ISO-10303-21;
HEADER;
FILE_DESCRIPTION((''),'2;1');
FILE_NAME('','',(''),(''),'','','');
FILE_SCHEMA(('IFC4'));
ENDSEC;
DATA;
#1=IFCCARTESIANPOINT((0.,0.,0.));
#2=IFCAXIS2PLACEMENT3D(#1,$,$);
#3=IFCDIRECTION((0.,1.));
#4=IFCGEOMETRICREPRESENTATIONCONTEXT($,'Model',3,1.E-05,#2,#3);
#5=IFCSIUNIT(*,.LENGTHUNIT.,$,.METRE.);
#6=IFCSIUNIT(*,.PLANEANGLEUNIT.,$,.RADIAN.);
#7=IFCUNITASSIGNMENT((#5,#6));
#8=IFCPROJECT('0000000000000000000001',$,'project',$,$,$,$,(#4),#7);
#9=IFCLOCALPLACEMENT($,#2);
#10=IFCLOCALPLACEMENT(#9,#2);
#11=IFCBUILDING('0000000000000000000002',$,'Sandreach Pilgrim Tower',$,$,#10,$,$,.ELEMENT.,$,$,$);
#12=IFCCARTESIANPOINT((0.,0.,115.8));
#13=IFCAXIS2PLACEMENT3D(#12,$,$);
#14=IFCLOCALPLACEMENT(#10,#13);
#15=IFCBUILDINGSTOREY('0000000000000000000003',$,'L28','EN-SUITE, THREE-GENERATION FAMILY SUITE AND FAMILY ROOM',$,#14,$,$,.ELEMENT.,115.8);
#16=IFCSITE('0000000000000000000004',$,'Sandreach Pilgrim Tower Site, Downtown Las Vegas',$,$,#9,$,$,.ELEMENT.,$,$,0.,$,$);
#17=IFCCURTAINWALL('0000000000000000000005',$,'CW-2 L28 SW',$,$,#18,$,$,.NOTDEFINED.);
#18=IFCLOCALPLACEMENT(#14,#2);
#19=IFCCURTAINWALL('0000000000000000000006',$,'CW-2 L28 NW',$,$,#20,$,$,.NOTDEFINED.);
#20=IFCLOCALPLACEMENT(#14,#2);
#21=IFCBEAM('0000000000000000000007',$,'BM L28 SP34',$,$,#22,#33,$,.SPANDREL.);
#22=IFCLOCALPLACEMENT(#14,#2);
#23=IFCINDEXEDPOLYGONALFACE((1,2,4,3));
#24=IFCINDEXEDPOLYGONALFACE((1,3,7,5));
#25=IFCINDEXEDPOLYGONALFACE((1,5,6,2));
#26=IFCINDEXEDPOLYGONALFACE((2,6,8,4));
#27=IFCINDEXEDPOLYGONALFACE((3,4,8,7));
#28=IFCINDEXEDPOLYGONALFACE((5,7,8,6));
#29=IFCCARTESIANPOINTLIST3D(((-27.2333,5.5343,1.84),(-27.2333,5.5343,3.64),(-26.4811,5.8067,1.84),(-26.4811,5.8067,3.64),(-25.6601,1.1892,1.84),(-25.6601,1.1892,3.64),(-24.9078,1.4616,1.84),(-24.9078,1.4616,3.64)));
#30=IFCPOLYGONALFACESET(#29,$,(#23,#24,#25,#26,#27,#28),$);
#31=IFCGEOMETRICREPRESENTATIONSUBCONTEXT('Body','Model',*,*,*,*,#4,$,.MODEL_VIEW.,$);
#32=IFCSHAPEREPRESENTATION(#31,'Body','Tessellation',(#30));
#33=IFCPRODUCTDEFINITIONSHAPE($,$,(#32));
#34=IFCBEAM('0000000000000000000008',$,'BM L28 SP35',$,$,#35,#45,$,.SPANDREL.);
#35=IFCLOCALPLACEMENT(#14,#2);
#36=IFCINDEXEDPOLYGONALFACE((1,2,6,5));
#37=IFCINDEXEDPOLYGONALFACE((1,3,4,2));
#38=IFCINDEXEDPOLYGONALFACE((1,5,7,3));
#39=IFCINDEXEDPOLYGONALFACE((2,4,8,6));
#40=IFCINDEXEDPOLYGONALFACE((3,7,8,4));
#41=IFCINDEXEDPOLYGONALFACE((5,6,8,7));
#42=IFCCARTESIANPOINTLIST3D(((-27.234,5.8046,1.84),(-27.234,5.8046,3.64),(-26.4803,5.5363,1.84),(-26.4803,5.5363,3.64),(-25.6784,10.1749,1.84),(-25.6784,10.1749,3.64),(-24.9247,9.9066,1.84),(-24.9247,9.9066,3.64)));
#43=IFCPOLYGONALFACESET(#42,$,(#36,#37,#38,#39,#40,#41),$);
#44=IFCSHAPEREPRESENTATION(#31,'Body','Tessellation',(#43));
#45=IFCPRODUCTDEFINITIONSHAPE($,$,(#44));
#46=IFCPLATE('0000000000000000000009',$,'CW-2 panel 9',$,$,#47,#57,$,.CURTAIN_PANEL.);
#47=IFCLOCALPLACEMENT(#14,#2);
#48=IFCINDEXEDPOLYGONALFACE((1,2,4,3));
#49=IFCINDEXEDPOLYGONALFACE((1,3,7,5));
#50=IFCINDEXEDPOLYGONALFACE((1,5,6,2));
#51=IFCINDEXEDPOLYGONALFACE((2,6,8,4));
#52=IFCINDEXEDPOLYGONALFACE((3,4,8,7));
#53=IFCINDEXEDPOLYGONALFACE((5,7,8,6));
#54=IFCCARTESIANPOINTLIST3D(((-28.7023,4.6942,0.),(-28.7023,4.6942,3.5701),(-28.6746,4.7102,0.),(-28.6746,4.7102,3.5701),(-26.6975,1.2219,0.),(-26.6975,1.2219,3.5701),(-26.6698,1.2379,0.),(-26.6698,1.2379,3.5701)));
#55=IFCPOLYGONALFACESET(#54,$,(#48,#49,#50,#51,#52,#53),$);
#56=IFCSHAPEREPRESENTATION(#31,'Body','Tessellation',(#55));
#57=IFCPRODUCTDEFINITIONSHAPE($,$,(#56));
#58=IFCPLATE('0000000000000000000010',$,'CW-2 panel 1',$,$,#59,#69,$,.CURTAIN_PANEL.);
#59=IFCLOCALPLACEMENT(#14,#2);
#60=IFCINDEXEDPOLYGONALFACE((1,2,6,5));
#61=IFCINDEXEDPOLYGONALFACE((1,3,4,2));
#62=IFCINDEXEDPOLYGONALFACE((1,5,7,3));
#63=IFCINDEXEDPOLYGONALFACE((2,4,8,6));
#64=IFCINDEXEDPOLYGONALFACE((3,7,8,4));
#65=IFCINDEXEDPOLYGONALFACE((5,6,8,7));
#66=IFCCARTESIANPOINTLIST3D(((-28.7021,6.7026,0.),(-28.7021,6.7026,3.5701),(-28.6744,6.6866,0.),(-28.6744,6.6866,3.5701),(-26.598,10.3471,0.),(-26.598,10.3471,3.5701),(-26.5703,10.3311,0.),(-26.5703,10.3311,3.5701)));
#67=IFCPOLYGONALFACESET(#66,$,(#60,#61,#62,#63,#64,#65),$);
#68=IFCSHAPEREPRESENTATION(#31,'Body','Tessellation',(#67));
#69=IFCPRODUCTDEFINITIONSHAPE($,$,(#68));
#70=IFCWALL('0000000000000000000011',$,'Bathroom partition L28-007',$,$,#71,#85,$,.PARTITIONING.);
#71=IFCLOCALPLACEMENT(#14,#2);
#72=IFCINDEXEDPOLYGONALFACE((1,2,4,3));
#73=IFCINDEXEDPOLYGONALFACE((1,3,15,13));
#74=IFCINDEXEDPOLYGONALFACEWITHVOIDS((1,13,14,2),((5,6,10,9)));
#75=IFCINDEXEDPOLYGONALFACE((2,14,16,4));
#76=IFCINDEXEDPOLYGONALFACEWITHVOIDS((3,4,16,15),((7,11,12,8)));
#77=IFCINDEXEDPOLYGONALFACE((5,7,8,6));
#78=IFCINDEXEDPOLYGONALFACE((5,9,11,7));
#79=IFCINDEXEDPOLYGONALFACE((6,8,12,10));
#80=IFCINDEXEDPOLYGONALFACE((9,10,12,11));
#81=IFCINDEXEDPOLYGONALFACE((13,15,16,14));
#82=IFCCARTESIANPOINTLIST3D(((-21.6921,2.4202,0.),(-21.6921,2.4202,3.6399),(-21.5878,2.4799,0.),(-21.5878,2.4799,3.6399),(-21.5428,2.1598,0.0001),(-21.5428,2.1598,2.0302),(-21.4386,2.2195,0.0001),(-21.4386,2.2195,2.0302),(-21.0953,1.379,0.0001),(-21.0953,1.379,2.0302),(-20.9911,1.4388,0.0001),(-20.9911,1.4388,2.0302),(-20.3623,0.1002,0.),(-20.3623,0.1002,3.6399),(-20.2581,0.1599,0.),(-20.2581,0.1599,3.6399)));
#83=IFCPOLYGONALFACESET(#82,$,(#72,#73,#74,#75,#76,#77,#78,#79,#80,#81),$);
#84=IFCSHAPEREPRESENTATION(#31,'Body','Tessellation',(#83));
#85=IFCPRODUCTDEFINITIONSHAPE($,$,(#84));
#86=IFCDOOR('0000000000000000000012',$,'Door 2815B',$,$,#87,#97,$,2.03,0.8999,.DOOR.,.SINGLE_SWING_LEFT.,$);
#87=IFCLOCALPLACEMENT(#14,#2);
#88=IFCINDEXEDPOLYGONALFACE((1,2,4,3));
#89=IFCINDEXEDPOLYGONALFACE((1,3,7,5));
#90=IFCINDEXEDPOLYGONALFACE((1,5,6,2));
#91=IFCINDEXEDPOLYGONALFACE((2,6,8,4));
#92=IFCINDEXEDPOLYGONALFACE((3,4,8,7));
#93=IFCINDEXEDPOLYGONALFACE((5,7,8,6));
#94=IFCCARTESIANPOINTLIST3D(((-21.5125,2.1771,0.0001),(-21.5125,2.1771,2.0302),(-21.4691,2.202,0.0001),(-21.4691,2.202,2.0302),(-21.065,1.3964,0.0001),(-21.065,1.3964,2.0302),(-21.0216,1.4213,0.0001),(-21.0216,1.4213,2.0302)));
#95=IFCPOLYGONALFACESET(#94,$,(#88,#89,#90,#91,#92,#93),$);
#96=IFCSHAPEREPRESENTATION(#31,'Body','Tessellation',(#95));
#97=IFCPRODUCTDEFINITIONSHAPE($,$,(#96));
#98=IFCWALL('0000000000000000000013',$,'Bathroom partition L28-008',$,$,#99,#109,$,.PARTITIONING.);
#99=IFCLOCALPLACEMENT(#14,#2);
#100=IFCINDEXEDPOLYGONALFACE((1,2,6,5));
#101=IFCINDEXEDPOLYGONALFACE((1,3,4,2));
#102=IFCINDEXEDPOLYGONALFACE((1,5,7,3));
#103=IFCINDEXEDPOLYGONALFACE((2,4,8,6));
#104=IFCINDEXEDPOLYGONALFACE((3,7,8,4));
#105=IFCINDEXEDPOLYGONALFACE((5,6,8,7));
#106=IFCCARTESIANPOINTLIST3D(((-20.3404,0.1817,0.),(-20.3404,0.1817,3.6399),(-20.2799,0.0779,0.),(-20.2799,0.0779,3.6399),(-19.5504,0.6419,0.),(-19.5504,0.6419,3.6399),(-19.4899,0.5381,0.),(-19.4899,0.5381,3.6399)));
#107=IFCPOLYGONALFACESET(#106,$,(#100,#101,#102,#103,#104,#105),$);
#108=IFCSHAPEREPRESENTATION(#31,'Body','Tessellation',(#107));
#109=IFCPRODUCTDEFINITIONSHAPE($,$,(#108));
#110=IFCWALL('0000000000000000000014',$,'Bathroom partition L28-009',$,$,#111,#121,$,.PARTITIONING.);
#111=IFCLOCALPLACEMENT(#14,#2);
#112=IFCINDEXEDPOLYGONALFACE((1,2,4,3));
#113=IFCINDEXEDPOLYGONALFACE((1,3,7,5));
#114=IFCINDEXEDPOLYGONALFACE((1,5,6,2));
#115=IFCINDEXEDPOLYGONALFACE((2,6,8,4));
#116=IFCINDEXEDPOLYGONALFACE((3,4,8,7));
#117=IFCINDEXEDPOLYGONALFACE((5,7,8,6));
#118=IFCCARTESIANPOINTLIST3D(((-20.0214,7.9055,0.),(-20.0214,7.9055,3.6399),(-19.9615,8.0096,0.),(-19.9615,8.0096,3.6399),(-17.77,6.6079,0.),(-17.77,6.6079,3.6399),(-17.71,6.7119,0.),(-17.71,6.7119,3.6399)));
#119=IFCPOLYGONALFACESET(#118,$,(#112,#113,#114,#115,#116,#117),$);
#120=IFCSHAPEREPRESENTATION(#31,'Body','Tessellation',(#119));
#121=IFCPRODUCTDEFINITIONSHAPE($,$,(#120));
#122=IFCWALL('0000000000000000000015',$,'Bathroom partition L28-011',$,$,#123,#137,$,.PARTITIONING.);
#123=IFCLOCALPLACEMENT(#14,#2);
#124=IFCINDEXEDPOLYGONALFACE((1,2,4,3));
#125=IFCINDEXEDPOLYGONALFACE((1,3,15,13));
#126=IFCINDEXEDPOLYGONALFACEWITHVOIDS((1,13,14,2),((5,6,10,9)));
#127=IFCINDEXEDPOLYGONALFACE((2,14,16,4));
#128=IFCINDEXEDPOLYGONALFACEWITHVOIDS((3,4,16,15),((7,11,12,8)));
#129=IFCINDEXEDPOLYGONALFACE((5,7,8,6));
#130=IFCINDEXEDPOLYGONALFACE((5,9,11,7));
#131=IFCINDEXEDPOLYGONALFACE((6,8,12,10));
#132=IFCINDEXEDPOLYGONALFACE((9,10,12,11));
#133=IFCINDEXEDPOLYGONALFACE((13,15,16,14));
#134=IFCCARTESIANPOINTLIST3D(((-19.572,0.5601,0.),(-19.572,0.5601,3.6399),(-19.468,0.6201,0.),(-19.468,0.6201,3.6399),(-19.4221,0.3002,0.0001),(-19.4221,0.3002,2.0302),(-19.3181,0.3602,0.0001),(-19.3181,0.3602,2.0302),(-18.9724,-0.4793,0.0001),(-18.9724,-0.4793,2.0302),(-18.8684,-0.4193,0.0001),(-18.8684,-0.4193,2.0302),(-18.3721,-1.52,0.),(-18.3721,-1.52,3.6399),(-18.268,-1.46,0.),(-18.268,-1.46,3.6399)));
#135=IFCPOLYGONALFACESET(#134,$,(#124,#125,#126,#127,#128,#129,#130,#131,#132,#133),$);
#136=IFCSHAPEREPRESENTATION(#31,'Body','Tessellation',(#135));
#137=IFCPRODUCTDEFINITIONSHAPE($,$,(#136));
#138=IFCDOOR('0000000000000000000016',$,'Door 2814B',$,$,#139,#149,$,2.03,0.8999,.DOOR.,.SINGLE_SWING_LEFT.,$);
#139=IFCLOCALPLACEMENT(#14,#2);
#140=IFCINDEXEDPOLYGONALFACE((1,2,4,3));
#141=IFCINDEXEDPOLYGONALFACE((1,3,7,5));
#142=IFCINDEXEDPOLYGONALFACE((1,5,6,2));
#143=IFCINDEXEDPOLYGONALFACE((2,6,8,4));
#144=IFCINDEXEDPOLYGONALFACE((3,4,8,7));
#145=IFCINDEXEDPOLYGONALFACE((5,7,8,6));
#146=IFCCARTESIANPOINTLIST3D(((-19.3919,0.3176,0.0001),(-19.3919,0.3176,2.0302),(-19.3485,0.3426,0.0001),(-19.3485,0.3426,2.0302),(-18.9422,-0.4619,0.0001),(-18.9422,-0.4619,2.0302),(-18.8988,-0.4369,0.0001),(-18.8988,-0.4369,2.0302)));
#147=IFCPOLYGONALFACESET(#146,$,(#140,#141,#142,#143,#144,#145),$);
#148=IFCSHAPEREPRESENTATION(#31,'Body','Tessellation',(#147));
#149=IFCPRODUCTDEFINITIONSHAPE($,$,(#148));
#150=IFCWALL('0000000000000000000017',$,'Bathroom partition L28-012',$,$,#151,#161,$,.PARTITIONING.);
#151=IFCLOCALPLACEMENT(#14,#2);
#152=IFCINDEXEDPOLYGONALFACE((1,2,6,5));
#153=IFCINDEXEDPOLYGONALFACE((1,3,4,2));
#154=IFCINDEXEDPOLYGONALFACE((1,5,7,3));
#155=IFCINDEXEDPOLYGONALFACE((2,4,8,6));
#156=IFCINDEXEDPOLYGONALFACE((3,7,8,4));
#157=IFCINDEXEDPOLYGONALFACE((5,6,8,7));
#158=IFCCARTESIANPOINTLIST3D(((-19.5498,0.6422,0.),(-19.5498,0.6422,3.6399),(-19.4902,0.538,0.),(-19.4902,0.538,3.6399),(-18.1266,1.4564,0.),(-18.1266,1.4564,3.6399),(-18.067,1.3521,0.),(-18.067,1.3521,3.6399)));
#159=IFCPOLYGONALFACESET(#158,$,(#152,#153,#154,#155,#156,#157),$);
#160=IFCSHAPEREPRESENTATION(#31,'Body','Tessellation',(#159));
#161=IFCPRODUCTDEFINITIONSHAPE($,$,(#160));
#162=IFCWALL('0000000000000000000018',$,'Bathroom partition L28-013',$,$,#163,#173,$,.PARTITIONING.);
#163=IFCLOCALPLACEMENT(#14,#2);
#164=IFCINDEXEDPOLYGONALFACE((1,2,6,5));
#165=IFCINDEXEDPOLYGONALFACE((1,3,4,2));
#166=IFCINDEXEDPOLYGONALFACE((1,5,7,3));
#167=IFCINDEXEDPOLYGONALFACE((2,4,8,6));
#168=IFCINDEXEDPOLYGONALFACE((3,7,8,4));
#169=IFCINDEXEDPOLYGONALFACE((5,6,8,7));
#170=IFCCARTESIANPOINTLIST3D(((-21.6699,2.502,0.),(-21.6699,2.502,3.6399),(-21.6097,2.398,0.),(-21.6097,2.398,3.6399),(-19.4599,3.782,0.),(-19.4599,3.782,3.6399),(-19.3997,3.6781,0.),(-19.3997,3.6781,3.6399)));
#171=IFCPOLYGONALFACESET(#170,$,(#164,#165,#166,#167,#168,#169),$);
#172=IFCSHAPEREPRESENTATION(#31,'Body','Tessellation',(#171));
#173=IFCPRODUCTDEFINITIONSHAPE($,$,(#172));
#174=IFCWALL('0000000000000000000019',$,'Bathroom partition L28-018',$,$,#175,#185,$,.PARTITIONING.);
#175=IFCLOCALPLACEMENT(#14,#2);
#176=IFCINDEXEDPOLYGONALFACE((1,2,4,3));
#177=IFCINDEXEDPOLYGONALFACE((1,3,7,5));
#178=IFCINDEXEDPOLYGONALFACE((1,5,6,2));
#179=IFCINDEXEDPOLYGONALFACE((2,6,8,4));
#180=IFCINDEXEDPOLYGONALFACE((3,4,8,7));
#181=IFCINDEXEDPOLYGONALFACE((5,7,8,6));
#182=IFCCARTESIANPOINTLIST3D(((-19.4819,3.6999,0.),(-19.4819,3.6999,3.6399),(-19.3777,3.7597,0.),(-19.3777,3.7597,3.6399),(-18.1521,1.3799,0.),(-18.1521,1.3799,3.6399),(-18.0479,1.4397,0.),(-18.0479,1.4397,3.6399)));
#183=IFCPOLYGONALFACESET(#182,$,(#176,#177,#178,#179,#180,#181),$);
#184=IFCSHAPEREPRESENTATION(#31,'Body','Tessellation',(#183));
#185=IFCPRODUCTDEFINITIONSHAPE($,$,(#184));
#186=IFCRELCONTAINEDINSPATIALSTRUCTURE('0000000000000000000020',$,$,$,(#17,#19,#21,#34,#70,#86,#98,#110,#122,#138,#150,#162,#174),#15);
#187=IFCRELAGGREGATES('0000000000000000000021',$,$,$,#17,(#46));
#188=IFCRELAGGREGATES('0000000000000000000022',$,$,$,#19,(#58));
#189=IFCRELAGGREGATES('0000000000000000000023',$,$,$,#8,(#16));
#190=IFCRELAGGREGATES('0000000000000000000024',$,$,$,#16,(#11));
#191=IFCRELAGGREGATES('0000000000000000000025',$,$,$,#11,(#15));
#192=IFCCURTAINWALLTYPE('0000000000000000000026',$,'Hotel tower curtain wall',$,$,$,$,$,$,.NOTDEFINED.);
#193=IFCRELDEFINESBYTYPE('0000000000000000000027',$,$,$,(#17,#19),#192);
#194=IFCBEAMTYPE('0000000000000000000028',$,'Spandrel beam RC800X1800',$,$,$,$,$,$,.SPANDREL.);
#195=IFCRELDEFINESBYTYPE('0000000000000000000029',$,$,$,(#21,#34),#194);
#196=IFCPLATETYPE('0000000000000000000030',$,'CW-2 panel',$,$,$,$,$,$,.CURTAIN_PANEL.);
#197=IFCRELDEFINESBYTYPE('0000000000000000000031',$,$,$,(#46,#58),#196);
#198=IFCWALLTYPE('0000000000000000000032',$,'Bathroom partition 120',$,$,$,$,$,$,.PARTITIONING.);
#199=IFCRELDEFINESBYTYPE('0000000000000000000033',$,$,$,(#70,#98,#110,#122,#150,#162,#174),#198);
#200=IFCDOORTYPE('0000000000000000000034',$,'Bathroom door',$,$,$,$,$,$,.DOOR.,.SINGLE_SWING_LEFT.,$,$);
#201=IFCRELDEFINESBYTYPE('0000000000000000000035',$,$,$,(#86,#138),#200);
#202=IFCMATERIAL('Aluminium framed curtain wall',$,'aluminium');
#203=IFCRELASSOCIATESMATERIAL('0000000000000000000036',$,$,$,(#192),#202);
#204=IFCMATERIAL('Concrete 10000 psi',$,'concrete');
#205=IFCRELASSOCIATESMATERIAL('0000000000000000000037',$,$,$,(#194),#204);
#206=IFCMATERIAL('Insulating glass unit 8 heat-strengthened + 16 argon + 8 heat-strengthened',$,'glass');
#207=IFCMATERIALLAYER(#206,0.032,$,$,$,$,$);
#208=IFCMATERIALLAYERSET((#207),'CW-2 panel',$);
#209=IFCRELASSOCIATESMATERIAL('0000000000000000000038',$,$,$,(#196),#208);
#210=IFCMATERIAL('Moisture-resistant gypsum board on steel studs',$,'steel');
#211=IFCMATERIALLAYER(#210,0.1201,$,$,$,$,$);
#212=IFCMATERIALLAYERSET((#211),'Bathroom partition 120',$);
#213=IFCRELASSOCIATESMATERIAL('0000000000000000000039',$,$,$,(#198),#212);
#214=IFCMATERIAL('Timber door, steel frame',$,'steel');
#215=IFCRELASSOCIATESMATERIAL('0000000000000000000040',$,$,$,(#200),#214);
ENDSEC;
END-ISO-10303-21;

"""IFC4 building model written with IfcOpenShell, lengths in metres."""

from ifc_helpers import new_model, si_unit, direction, frame, frame_2d, origin, origin_2d, place, context, subcontext, project, spatial, rectangle, extrude, material, layer, layer_set, material_profile, profile_set, type_object, element, fill, aggregate, save


model = new_model("IFC4")

# Units and contexts
model_context = context("Model", 3, precision=1e-05, world=origin(), true_north=direction((0.0, 1.0)))
body_context = subcontext(model_context, "Body", "Model", "MODEL_VIEW")
ifc_project = project(units=[si_unit("LENGTHUNIT", "METRE"), si_unit("PLANEANGLEUNIT", "RADIAN")], contexts=[model_context])

# Site, building, storey
site_placement = place(None, origin())
site = spatial("IfcSite", under=ifc_project, at=site_placement, Name="Sandreach Pilgrim Tower Site, Downtown Las Vegas", CompositionType="ELEMENT", RefElevation=0.0)
building_placement = place(site_placement, origin())
building = spatial("IfcBuilding", under=site, at=building_placement, Name="Sandreach Pilgrim Tower", CompositionType="ELEMENT")
storey_placement = place(building_placement, frame((0.0, 0.0, 115.8)))
storey = spatial("IfcBuildingStorey", under=building, at=storey_placement, Name="L28", Description="EN-SUITE, THREE-GENERATION FAMILY SUITE AND FAMILY ROOM", CompositionType="ELEMENT", Elevation=115.8)

# Curtain wall
ifc_material_1 = material(Name="Aluminium framed curtain wall", Category="aluminium")
curtain_wall_type = type_object("IfcCurtainWallType", Name="Hotel tower curtain wall", PredefinedType="NOTDEFINED", material=ifc_material_1)
curtain_wall_1_placement = place(storey_placement, origin())
curtain_wall_1 = element("IfcCurtainWall", 1, at=curtain_wall_1_placement, inside=storey, type_object=curtain_wall_type, Name="CW-2 L28 SW", PredefinedType="NOTDEFINED")

# Curtain wall
curtain_wall_2_placement = place(storey_placement, origin())
curtain_wall_2 = element("IfcCurtainWall", 2, at=curtain_wall_2_placement, inside=storey, type_object=curtain_wall_type, Name="CW-2 L28 NW", PredefinedType="NOTDEFINED")

# Beams
ifc_material_2 = material(Name="Concrete 10000 psi", Category="concrete")
ifc_material_profile_1 = material_profile(ifc_material_2, rectangle(XDim=0.8, YDim=1.8, at=origin_2d()), Name="RC800X1800")
ifc_profile_set_1 = profile_set([ifc_material_profile_1], Name="Concrete 10000 psi")
beam_type_1 = type_object("IfcBeamType", Name="Spandrel beam RC800X1800", PredefinedType="SPANDREL", material=ifc_profile_set_1)
beam_1_placement = place(storey_placement, frame((-25.2839, 1.3254, 2.74), z_axis=(-0.340453, 0.940261, 0.0), x_axis=(-0.940261, -0.340453, 0.0)))
element("IfcBeam", 3, at=beam_1_placement, inside=storey, type_object=beam_type_1, Name="BM L28 SP34", PredefinedType="SPANDREL", context=body_context, shape_type="SweptSolid", body=[
    extrude(rectangle(XDim=0.8, YDim=1.8, at=origin_2d()), origin(), (0.0, 0.0, 1.0), 4.6211),
])
beam_2_placement = place(storey_placement, frame((-26.8572, 5.6704, 2.74), z_axis=(0.335346, 0.942095, 0.0), x_axis=(-0.942095, 0.335346, 0.0)))
element("IfcBeam", 4, at=beam_2_placement, inside=storey, type_object=beam_type_1, Name="BM L28 SP35", PredefinedType="SPANDREL", context=body_context, shape_type="SweptSolid", body=[
    extrude(rectangle(XDim=0.8, YDim=1.8, at=origin_2d()), origin(), (0.0, 0.0, 1.0), 4.6389),
])

# Plates
ifc_material_3 = material(Name="Insulating glass unit 8 heat-strengthened + 16 argon + 8 heat-strengthened", Category="glass")
ifc_layer_1 = layer(ifc_material_3, 0.032)
ifc_layer_set_1 = layer_set([ifc_layer_1], Name="CW-2 panel")
plate_type = type_object("IfcPlateType", Name="CW-2 panel", PredefinedType="CURTAIN_PANEL", material=ifc_layer_set_1)
plate_1_placement = place(storey_placement, frame((-27.686, 2.9661, 0.0), z_axis=(0.0, 0.0, 1.0), x_axis=(-0.5, 0.866025, 0.0)))
plate_1 = element("IfcPlate", 5, at=plate_1_placement, type_object=plate_type, Name="CW-2 panel 9", PredefinedType="CURTAIN_PANEL", context=body_context, shape_type="SweptSolid", body=[
    extrude(rectangle(XDim=4.0095, YDim=0.032, at=origin_2d()), origin(), (0.0, 0.0, 1.0), 3.5701),
])
aggregate(curtain_wall_1, [plate_1])
plate_2_placement = place(storey_placement, frame((-27.6362, 8.5168, 0.0), z_axis=(0.0, 0.0, 1.0), x_axis=(0.5, 0.866025, 0.0)))
plate_2 = element("IfcPlate", 6, at=plate_2_placement, type_object=plate_type, Name="CW-2 panel 1", PredefinedType="CURTAIN_PANEL", context=body_context, shape_type="SweptSolid", body=[
    extrude(rectangle(XDim=4.2083, YDim=0.032, at=origin_2d()), origin(), (0.0, 0.0, 1.0), 3.5701),
])
aggregate(curtain_wall_2, [plate_2])

# Wall, opening, door
ifc_material_4 = material(Name="Moisture-resistant gypsum board on steel studs", Category="steel")
ifc_layer_2 = layer(ifc_material_4, 0.1201)
ifc_layer_set_2 = layer_set([ifc_layer_2], Name="Bathroom partition 120")
wall_type_1 = type_object("IfcWallType", Name="Bathroom partition 120", PredefinedType="PARTITIONING", material=ifc_layer_set_2)
wall_1_placement = place(storey_placement, frame((-21.6399, 2.45, 0.0), z_axis=(0.0, 0.0, 1.0), x_axis=(0.497289, -0.867585, 0.0)))
wall_1 = element("IfcWall", 7, at=wall_1_placement, inside=storey, type_object=wall_type_1, Name="Bathroom partition L28-007", PredefinedType="PARTITIONING", context=body_context, shape_type="SweptSolid", body=[
    extrude(rectangle(XDim=2.6741, YDim=0.1201, at=frame_2d((1.3369, 0.0))), origin(), (0.0, 0.0, 1.0), 3.6399),
])
opening_1_placement = place(wall_1_placement, frame((0.3, 0.0, 0.0)))
opening_1 = element("IfcOpeningElement", 8, at=opening_1_placement, cuts=wall_1, PredefinedType="OPENING", context=body_context, shape_type="SweptSolid", body=[
    extrude(rectangle(XDim=0.8999, YDim=2.03, at=frame_2d((0.45, 1.0151))), frame((0.0, 0.0601, 0.0), z_axis=(0.0, -1.0, 0.0), x_axis=(1.0, 0.0, 0.0)), (0.0, 0.0, 1.0), 0.1201),
])
ifc_material_5 = material(Name="Timber door, steel frame", Category="steel")
door_type_1 = type_object("IfcDoorType", Name="Bathroom door", OperationType="SINGLE_SWING_LEFT", PredefinedType="DOOR", material=ifc_material_5)
door_1_placement = place(opening_1_placement, origin())
door_1 = element("IfcDoor", 9, at=door_1_placement, inside=storey, type_object=door_type_1, Name="Door 2815B", OperationType="SINGLE_SWING_LEFT", OverallHeight=2.03, OverallWidth=0.8999, PredefinedType="DOOR", context=body_context, shape_type="SweptSolid", body=[
    extrude(rectangle(XDim=0.8999, YDim=2.03, at=frame_2d((0.45, 1.0151))), frame((0.0, 0.0249, 0.0), z_axis=(0.0, -1.0, 0.0), x_axis=(1.0, 0.0, 0.0)), (0.0, 0.0, 1.0), 0.05),
])
fill(opening_1, door_1)

# Walls
wall_2_placement = place(storey_placement, frame((-20.3101, 0.1299, 0.0), z_axis=(0.0, 0.0, 1.0), x_axis=(0.864089, 0.50334, 0.0)))
element("IfcWall", 10, at=wall_2_placement, inside=storey, type_object=wall_type_1, Name="Bathroom partition L28-008", PredefinedType="PARTITIONING", context=body_context, shape_type="SweptSolid", body=[
    extrude(rectangle(XDim=0.9143, YDim=0.1201, at=frame_2d((0.457, 0.0))), origin(), (0.0, 0.0, 1.0), 3.6399),
])
wall_3_placement = place(storey_placement, frame((-19.9915, 7.9575, 0.0), z_axis=(0.0, 0.0, 1.0), x_axis=(0.866404, -0.499343, 0.0)))
element("IfcWall", 11, at=wall_3_placement, inside=storey, type_object=wall_type_1, Name="Bathroom partition L28-009", PredefinedType="PARTITIONING", context=body_context, shape_type="SweptSolid", body=[
    extrude(rectangle(XDim=2.5986, YDim=0.1201, at=frame_2d((1.2993, 0.0))), origin(), (0.0, 0.0, 1.0), 3.6399),
])

# Wall, opening, door
wall_4_placement = place(storey_placement, frame((-19.52, 0.5901, 0.0), z_axis=(0.0, 0.0, 1.0), x_axis=(0.499693, -0.866203, 0.0)))
wall_4 = element("IfcWall", 12, at=wall_4_placement, inside=storey, type_object=wall_type_1, Name="Bathroom partition L28-011", PredefinedType="PARTITIONING", context=body_context, shape_type="SweptSolid", body=[
    extrude(rectangle(XDim=2.4014, YDim=0.1201, at=frame_2d((1.2007, 0.0))), origin(), (0.0, 0.0, 1.0), 3.6399),
])
opening_2_placement = place(wall_4_placement, frame((0.3, 0.0, 0.0)))
opening_2 = element("IfcOpeningElement", 13, at=opening_2_placement, cuts=wall_4, PredefinedType="OPENING", context=body_context, shape_type="SweptSolid", body=[
    extrude(rectangle(XDim=0.8999, YDim=2.03, at=frame_2d((0.45, 1.0151))), frame((0.0, 0.0601, 0.0), z_axis=(0.0, -1.0, 0.0), x_axis=(1.0, 0.0, 0.0)), (0.0, 0.0, 1.0), 0.1201),
])
door_2_placement = place(opening_2_placement, origin())
door_2 = element("IfcDoor", 14, at=door_2_placement, inside=storey, type_object=door_type_1, Name="Door 2814B", OperationType="SINGLE_SWING_LEFT", OverallHeight=2.03, OverallWidth=0.8999, PredefinedType="DOOR", context=body_context, shape_type="SweptSolid", body=[
    extrude(rectangle(XDim=0.8999, YDim=2.03, at=frame_2d((0.45, 1.0151))), frame((0.0, 0.0249, 0.0), z_axis=(0.0, -1.0, 0.0), x_axis=(1.0, 0.0, 0.0)), (0.0, 0.0, 1.0), 0.05),
])
fill(opening_2, door_2)

# Walls
wall_5_placement = place(storey_placement, frame((-19.52, 0.5901, 0.0), z_axis=(0.0, 0.0, 1.0), x_axis=(0.868014, 0.49654, 0.0)))
element("IfcWall", 15, at=wall_5_placement, inside=storey, type_object=wall_type_1, Name="Bathroom partition L28-012", PredefinedType="PARTITIONING", context=body_context, shape_type="SweptSolid", body=[
    extrude(rectangle(XDim=1.6396, YDim=0.1201, at=frame_2d((0.8198, 0.0))), origin(), (0.0, 0.0, 1.0), 3.6399),
])
wall_6_placement = place(storey_placement, frame((-19.4299, 3.73, 0.0), z_axis=(0.0, 0.0, 1.0), x_axis=(-0.865328, -0.501206, 0.0)))
element("IfcWall", 16, at=wall_6_placement, inside=storey, type_object=wall_type_1, Name="Bathroom partition L28-013", PredefinedType="PARTITIONING", context=body_context, shape_type="SweptSolid", body=[
    extrude(rectangle(XDim=2.554, YDim=0.1201, at=frame_2d((1.2769, 0.0))), origin(), (0.0, 0.0, 1.0), 3.6399),
])
wall_7_placement = place(storey_placement, frame((-18.1001, 1.4099, 0.0), z_axis=(0.0, 0.0, 1.0), x_axis=(-0.497289, 0.867585, 0.0)))
element("IfcWall", 17, at=wall_7_placement, inside=storey, type_object=wall_type_1, Name="Bathroom partition L28-018", PredefinedType="PARTITIONING", context=body_context, shape_type="SweptSolid", body=[
    extrude(rectangle(XDim=2.6741, YDim=0.1201, at=frame_2d((1.3369, 0.0))), origin(), (0.0, 0.0, 1.0), 3.6399),
])

save(model, "model.ifc")
